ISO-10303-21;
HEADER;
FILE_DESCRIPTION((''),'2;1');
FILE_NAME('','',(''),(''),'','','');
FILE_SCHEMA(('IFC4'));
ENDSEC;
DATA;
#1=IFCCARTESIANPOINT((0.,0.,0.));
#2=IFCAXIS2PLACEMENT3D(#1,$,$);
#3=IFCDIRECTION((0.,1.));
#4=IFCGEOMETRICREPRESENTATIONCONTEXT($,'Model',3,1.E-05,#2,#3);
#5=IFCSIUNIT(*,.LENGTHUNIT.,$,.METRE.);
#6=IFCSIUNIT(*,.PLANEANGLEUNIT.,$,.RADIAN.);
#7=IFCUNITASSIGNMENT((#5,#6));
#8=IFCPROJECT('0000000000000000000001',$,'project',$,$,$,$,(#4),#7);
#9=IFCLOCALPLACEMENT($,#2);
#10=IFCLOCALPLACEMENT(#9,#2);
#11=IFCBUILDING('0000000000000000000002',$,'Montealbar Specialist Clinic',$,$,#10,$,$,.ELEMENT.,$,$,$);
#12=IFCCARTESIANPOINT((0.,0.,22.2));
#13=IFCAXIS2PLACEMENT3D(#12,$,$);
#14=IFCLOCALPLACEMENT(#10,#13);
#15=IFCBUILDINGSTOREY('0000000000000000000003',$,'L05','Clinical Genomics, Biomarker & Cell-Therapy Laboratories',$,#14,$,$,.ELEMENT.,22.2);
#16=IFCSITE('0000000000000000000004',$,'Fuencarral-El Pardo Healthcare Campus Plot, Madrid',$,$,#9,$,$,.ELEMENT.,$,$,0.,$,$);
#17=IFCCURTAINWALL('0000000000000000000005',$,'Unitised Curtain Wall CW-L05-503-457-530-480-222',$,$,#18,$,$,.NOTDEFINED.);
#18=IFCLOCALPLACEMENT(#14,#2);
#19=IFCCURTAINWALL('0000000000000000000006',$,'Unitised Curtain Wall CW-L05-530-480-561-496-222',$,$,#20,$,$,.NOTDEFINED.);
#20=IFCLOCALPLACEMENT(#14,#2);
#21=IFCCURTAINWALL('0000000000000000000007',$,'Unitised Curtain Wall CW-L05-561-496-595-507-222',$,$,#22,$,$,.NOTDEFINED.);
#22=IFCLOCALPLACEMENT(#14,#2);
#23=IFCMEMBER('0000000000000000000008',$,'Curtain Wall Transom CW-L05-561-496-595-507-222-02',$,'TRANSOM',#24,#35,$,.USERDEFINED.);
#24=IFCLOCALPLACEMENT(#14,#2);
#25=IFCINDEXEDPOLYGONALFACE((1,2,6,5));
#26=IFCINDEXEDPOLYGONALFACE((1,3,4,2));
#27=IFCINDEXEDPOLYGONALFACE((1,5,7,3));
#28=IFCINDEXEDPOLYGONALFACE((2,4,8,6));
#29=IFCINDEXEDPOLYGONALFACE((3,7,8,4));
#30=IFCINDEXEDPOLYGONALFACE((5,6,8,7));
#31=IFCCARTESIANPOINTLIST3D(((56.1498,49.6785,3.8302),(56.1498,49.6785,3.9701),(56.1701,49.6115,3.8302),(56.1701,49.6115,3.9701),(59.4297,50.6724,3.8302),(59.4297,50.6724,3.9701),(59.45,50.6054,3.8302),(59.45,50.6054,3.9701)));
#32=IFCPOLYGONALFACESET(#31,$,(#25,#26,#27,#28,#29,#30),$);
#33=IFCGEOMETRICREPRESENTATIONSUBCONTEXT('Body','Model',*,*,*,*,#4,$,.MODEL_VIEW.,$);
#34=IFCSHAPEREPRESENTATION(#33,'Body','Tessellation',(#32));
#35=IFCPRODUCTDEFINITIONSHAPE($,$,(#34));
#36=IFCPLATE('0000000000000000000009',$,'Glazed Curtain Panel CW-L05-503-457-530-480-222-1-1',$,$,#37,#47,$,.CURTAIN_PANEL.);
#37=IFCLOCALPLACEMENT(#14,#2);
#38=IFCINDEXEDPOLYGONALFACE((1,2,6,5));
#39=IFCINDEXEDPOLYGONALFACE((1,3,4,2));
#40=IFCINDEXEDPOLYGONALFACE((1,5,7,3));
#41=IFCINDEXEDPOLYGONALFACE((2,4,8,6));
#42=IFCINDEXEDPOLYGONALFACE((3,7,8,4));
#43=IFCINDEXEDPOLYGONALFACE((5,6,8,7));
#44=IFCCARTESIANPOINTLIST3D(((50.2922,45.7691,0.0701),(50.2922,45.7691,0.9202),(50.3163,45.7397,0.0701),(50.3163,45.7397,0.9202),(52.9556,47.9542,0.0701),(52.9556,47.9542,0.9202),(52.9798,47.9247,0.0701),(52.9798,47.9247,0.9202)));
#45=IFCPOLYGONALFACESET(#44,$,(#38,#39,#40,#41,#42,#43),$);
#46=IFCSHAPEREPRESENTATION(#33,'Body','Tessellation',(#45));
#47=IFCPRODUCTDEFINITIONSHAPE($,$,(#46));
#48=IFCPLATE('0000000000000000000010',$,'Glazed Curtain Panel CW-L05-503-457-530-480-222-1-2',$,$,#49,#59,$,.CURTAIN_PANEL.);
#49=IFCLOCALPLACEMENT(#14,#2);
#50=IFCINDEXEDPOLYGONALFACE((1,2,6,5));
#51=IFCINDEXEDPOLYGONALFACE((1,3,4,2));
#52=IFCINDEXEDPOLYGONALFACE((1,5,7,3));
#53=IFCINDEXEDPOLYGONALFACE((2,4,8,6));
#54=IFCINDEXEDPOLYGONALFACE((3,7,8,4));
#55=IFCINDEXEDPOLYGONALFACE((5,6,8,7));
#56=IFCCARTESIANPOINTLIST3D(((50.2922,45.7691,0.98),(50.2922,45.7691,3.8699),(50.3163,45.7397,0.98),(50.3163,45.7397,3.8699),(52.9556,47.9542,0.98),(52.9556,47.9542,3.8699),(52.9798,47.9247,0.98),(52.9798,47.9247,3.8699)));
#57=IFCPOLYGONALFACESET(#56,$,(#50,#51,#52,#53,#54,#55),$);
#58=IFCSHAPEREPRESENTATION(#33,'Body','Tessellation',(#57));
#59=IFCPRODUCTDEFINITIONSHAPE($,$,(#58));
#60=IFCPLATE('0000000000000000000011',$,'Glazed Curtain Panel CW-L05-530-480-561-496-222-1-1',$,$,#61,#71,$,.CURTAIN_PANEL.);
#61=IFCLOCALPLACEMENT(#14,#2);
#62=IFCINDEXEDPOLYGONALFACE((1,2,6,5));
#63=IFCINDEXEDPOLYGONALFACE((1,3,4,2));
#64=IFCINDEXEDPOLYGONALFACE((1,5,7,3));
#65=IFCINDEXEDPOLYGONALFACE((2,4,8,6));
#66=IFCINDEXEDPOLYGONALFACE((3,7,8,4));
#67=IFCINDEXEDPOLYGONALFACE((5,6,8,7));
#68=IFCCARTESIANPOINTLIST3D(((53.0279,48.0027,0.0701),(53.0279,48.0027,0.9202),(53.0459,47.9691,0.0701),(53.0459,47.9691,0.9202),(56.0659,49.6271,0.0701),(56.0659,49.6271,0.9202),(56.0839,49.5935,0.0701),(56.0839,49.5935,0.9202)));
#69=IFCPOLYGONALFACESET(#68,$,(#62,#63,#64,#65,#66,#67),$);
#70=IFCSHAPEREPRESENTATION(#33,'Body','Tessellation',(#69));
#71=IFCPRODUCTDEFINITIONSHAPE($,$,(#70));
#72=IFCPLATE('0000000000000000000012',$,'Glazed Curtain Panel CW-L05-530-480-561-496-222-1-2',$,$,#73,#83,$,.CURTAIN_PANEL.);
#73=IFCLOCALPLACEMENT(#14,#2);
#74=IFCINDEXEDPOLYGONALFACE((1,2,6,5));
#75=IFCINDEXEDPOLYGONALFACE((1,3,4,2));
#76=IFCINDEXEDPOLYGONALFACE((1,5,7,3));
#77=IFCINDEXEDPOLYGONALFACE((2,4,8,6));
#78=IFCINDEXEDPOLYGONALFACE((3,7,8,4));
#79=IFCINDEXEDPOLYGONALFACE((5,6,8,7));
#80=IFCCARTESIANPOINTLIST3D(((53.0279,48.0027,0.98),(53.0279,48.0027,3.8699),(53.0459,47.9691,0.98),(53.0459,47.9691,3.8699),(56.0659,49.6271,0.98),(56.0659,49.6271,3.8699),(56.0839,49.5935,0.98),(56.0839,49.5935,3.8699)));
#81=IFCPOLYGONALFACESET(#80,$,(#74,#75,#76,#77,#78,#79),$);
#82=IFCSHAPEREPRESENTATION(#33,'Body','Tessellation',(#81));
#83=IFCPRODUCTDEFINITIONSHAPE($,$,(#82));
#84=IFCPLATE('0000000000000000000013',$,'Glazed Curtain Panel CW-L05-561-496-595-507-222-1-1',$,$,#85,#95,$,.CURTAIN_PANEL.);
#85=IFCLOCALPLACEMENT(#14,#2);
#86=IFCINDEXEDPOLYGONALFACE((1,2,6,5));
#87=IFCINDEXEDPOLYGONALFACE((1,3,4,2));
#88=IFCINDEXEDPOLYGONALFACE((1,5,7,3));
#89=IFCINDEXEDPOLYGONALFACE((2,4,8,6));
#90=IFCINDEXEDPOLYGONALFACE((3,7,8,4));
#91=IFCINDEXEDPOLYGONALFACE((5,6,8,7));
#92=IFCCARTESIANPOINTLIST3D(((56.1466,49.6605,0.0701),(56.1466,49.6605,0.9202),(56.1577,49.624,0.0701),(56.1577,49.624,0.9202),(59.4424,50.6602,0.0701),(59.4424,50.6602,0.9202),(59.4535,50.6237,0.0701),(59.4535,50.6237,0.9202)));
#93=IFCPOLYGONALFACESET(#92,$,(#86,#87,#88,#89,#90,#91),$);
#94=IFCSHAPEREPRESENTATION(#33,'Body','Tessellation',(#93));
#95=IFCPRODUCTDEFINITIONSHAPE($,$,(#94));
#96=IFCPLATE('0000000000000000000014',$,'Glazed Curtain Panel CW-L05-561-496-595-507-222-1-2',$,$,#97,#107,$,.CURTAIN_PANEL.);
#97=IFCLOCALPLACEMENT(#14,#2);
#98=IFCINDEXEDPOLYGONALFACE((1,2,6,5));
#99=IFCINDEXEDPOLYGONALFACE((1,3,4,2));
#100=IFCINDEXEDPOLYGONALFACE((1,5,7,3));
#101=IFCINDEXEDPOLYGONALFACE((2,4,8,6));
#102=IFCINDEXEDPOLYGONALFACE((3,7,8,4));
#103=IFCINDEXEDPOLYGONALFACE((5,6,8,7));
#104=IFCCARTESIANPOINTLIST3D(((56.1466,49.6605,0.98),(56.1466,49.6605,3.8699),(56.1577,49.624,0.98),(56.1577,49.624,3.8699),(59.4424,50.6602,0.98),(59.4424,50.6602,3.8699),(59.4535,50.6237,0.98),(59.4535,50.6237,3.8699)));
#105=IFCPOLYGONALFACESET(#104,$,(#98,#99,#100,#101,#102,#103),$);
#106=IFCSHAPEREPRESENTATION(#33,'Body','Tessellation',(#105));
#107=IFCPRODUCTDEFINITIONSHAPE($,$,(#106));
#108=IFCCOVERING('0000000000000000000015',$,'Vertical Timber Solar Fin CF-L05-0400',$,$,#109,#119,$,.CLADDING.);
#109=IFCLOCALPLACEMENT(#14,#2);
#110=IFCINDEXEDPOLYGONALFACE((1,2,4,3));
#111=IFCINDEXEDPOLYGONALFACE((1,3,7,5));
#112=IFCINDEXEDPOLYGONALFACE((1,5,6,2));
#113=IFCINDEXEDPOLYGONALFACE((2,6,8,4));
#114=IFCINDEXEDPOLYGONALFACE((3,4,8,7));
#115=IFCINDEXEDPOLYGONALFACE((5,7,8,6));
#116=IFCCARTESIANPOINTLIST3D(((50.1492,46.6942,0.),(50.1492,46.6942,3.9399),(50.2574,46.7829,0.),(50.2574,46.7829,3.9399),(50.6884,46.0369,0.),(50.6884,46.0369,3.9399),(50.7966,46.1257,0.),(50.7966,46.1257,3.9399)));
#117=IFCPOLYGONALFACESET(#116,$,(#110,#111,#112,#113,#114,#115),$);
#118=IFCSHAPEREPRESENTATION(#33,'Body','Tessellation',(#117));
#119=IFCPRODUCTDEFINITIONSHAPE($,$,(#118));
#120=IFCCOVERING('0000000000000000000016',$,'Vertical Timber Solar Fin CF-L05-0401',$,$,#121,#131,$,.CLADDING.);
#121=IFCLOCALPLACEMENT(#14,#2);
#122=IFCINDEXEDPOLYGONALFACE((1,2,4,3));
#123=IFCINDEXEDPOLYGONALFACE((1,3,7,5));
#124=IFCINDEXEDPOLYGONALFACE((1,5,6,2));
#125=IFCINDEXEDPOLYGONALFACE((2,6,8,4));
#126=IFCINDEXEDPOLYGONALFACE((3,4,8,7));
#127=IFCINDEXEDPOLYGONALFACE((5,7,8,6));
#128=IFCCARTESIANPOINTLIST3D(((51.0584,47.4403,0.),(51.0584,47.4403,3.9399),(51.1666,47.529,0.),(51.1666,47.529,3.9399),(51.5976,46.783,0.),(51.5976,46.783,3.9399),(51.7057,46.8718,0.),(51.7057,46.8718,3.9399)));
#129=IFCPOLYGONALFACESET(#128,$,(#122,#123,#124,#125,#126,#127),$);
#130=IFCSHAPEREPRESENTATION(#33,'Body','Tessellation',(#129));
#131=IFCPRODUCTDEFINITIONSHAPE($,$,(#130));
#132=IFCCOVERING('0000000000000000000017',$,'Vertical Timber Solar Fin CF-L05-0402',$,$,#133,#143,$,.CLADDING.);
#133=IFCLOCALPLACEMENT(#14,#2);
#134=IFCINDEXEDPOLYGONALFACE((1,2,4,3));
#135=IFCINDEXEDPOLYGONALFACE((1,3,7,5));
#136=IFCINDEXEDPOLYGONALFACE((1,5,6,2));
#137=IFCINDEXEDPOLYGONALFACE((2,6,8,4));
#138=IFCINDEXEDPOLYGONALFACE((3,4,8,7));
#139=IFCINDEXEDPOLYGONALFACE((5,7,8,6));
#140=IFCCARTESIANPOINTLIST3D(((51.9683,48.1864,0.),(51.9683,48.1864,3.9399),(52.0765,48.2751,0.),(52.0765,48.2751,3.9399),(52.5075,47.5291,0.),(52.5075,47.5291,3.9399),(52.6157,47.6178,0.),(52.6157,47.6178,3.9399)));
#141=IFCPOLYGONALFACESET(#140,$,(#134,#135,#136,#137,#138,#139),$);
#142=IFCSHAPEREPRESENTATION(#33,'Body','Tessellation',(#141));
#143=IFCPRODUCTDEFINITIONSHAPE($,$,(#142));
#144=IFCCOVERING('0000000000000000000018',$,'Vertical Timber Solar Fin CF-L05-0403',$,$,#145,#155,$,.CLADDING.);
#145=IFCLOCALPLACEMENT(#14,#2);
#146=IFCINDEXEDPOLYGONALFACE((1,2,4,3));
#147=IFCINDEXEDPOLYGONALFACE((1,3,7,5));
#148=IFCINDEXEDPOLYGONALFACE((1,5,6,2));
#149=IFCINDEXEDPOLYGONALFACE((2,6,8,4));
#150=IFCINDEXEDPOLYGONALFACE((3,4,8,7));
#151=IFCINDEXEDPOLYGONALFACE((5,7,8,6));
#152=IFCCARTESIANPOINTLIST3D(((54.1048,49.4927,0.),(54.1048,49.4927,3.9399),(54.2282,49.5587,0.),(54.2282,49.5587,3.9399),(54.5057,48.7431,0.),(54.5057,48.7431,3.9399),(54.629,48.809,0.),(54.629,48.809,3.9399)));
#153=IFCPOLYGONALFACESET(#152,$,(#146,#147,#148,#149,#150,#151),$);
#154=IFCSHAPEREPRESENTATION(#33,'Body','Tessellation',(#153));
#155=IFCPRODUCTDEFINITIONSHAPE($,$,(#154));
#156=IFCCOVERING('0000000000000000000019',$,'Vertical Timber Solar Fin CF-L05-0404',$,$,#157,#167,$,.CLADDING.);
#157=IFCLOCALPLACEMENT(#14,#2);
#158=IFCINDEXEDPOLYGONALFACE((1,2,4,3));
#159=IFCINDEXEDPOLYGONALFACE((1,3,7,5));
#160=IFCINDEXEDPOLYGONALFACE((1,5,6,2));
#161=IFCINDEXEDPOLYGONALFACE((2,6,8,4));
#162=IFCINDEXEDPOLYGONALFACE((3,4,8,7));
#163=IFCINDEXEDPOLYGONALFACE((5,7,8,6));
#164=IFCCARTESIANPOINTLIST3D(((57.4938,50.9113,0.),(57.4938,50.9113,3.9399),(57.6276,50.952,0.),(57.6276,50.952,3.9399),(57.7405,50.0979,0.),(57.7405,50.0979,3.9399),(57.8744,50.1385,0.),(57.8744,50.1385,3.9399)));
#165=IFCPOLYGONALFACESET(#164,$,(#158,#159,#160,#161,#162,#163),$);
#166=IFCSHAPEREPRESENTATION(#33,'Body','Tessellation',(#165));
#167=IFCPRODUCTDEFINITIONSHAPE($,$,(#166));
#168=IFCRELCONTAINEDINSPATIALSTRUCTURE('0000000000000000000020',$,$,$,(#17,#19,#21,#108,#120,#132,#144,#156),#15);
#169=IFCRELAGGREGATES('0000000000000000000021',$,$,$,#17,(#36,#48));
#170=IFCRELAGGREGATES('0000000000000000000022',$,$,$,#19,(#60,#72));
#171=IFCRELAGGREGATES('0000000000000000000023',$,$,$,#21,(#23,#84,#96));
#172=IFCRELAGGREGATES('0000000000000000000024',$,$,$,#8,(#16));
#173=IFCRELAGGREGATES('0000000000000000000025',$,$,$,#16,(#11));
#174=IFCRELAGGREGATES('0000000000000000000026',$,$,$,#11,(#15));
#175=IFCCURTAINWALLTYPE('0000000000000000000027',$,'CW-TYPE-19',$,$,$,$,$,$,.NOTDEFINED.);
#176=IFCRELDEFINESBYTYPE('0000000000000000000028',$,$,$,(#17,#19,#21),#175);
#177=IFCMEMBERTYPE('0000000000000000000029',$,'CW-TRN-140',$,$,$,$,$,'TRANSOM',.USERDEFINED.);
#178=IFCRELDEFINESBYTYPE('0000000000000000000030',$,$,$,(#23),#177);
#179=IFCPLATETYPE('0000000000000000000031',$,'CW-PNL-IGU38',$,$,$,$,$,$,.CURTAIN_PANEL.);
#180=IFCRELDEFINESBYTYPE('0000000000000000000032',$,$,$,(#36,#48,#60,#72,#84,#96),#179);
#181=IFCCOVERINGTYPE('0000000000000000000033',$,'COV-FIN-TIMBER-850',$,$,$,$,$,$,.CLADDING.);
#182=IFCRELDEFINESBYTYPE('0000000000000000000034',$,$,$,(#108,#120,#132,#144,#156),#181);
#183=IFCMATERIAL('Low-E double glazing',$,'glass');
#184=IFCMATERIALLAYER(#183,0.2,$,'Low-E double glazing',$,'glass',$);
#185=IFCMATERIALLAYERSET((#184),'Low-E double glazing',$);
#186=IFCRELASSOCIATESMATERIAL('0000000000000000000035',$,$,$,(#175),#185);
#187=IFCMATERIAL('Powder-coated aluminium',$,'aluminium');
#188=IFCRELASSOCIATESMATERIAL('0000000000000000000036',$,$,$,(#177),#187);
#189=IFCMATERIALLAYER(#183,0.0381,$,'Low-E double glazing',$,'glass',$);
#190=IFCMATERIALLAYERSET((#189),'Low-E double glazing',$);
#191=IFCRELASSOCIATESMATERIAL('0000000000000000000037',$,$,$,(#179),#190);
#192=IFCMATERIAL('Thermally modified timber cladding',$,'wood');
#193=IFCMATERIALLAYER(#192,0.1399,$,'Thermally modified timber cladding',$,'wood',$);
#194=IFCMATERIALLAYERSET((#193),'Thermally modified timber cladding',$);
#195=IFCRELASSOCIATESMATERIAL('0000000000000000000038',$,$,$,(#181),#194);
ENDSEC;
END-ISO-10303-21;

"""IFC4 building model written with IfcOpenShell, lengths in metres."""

from ifc_helpers import new_model, si_unit, direction, frame, origin, origin_2d, place, context, subcontext, project, spatial, rectangle, extrude, material, layer, layer_set, material_profile, profile_set, type_object, element, aggregate, save


model = new_model("IFC4")

# Units and contexts
model_context = context("Model", 3, precision=1e-05, world=origin(), true_north=direction((0.0, 1.0)))
body_context = subcontext(model_context, "Body", "Model", "MODEL_VIEW")
ifc_project = project(units=[si_unit("LENGTHUNIT", "METRE"), si_unit("PLANEANGLEUNIT", "RADIAN")], contexts=[model_context])

# Site, building, storey
site_placement = place(None, origin())
site = spatial("IfcSite", under=ifc_project, at=site_placement, Name="Fuencarral-El Pardo Healthcare Campus Plot, Madrid", CompositionType="ELEMENT", RefElevation=0.0)
building_placement = place(site_placement, origin())
building = spatial("IfcBuilding", under=site, at=building_placement, Name="Montealbar Specialist Clinic", CompositionType="ELEMENT")
storey_placement = place(building_placement, frame((0.0, 0.0, 22.2)))
storey = spatial("IfcBuildingStorey", under=building, at=storey_placement, Name="L05", Description="Clinical Genomics, Biomarker & Cell-Therapy Laboratories", CompositionType="ELEMENT", Elevation=22.2)

# Shared definitions
ifc_material_1 = material(Name="Low-E double glazing", Category="glass")
ifc_layer_1 = layer(ifc_material_1, 0.2, Name="Low-E double glazing", Category="glass")
ifc_layer_set_1 = layer_set([ifc_layer_1], Name="Low-E double glazing")
curtain_wall_type = type_object("IfcCurtainWallType", Name="CW-TYPE-19", PredefinedType="NOTDEFINED", material=ifc_layer_set_1)

# Curtain walls
curtain_wall_1_placement = place(storey_placement, origin())
curtain_wall_1 = element("IfcCurtainWall", 1, at=curtain_wall_1_placement, inside=storey, type_object=curtain_wall_type, Name="Unitised Curtain Wall CW-L05-503-457-530-480-222", PredefinedType="NOTDEFINED")
curtain_wall_2_placement = place(storey_placement, origin())
curtain_wall_2 = element("IfcCurtainWall", 2, at=curtain_wall_2_placement, inside=storey, type_object=curtain_wall_type, Name="Unitised Curtain Wall CW-L05-530-480-561-496-222", PredefinedType="NOTDEFINED")

# Curtain wall
curtain_wall_3_placement = place(storey_placement, origin())
curtain_wall_3 = element("IfcCurtainWall", 3, at=curtain_wall_3_placement, inside=storey, type_object=curtain_wall_type, Name="Unitised Curtain Wall CW-L05-561-496-595-507-222", PredefinedType="NOTDEFINED")

# Member
ifc_material_2 = material(Name="Powder-coated aluminium", Category="aluminium")
ifc_material_profile_1 = material_profile(ifc_material_2, rectangle(XDim=0.0701, YDim=0.1399, at=origin_2d()), Name="ALU 70x140", Category="aluminium")
ifc_profile_set_1 = profile_set([ifc_material_profile_1], Name="Powder-coated aluminium")
member_type_1 = type_object("IfcMemberType", Name="CW-TRN-140", ElementType="TRANSOM", PredefinedType="USERDEFINED", material=ifc_profile_set_1)
member_1_placement = place(storey_placement, frame((56.1599, 49.645, 3.9001), z_axis=(0.957029, 0.289994, 0.0), x_axis=(-0.289994, 0.957029, 0.0)))
member_1 = element("IfcMember", 4, at=member_1_placement, type_object=member_type_1, Name="Curtain Wall Transom CW-L05-561-496-595-507-222-02", ObjectType="TRANSOM", PredefinedType="USERDEFINED", context=body_context, shape_type="SweptSolid", body=[
    extrude(rectangle(XDim=0.0701, YDim=0.1399, at=origin_2d()), origin(), (0.0, 0.0, 1.0), 3.4272),
])

# Plates
ifc_layer_2 = layer(ifc_material_1, 0.0381, Name="Low-E double glazing", Category="glass")
ifc_layer_set_2 = layer_set([ifc_layer_2], Name="Low-E double glazing")
plate_type = type_object("IfcPlateType", Name="CW-PNL-IGU38", PredefinedType="CURTAIN_PANEL", material=ifc_layer_set_2)
plate_1_placement = place(storey_placement, frame((51.636, 46.8469, 0.0701), z_axis=(0.0, 0.0, 1.0), x_axis=(0.773123, 0.634256, 0.0)))
plate_1 = element("IfcPlate", 5, at=plate_1_placement, type_object=plate_type, Name="Glazed Curtain Panel CW-L05-503-457-530-480-222-1-1", PredefinedType="CURTAIN_PANEL", context=body_context, shape_type="SweptSolid", body=[
    extrude(rectangle(XDim=3.4451, YDim=0.0381, at=origin_2d()), origin(), (0.0, 0.0, 1.0), 0.8501),
])
plate_2_placement = place(storey_placement, frame((51.636, 46.8469, 0.98), z_axis=(0.0, 0.0, 1.0), x_axis=(0.773123, 0.634256, 0.0)))
plate_2 = element("IfcPlate", 6, at=plate_2_placement, type_object=plate_type, Name="Glazed Curtain Panel CW-L05-503-457-530-480-222-1-2", PredefinedType="CURTAIN_PANEL", context=body_context, shape_type="SweptSolid", body=[
    extrude(rectangle(XDim=3.4451, YDim=0.0381, at=origin_2d()), origin(), (0.0, 0.0, 1.0), 2.8899),
])
aggregate(curtain_wall_1, [plate_1, plate_2])
plate_3_placement = place(storey_placement, frame((54.5559, 48.7981, 0.0701), z_axis=(0.0, 0.0, 1.0), x_axis=(0.88185, 0.471529, 0.0)))
plate_3 = element("IfcPlate", 7, at=plate_3_placement, type_object=plate_type, Name="Glazed Curtain Panel CW-L05-530-480-561-496-222-1-1", PredefinedType="CURTAIN_PANEL", context=body_context, shape_type="SweptSolid", body=[
    extrude(rectangle(XDim=3.4451, YDim=0.0381, at=origin_2d()), origin(), (0.0, 0.0, 1.0), 0.8501),
])
plate_4_placement = place(storey_placement, frame((54.5559, 48.7981, 0.98), z_axis=(0.0, 0.0, 1.0), x_axis=(0.88185, 0.471529, 0.0)))
plate_4 = element("IfcPlate", 8, at=plate_4_placement, type_object=plate_type, Name="Glazed Curtain Panel CW-L05-530-480-561-496-222-1-2", PredefinedType="CURTAIN_PANEL", context=body_context, shape_type="SweptSolid", body=[
    extrude(rectangle(XDim=3.4451, YDim=0.0381, at=origin_2d()), origin(), (0.0, 0.0, 1.0), 2.8899),
])
aggregate(curtain_wall_2, [plate_3, plate_4])
plate_5_placement = place(storey_placement, frame((57.8, 50.1421, 0.0701), z_axis=(0.0, 0.0, 1.0), x_axis=(0.956948, 0.290259, 0.0)))
plate_5 = element("IfcPlate", 9, at=plate_5_placement, type_object=plate_type, Name="Glazed Curtain Panel CW-L05-561-496-595-507-222-1-1", PredefinedType="CURTAIN_PANEL", context=body_context, shape_type="SweptSolid", body=[
    extrude(rectangle(XDim=3.4441, YDim=0.0381, at=origin_2d()), origin(), (0.0, 0.0, 1.0), 0.8501),
])
plate_6_placement = place(storey_placement, frame((57.8, 50.1421, 0.98), z_axis=(0.0, 0.0, 1.0), x_axis=(0.956948, 0.290259, 0.0)))
plate_6 = element("IfcPlate", 10, at=plate_6_placement, type_object=plate_type, Name="Glazed Curtain Panel CW-L05-561-496-595-507-222-1-2", PredefinedType="CURTAIN_PANEL", context=body_context, shape_type="SweptSolid", body=[
    extrude(rectangle(XDim=3.4441, YDim=0.0381, at=origin_2d()), origin(), (0.0, 0.0, 1.0), 2.8899),
])
aggregate(curtain_wall_3, [member_1, plate_5, plate_6])

# Coverings
ifc_material_3 = material(Name="Thermally modified timber cladding", Category="wood")
ifc_layer_3 = layer(ifc_material_3, 0.1399, Name="Thermally modified timber cladding", Category="wood")
ifc_layer_set_3 = layer_set([ifc_layer_3], Name="Thermally modified timber cladding")
covering_type = type_object("IfcCoveringType", Name="COV-FIN-TIMBER-850", PredefinedType="CLADDING", material=ifc_layer_set_3)
for number, where, z_axis, x_axis, name in (
    (11, (50.4729, 46.4099, 0.0), (0.0, 0.0, 1.0), (-0.634256, 0.773123, 0.0), "Vertical Timber Solar Fin CF-L05-0400"),
    (12, (51.3821, 47.156, 0.0), (0.0, 0.0, 1.0), (-0.634256, 0.773123, 0.0), "Vertical Timber Solar Fin CF-L05-0401"),
    (13, (52.292, 47.9021, 0.0), (0.0, 0.0, 1.0), (-0.634256, 0.773123, 0.0), "Vertical Timber Solar Fin CF-L05-0402"),
    (14, (54.3669, 49.1509, 0.0), (0.0, 0.0, 1.0), (-0.471529, 0.88185, 0.0), "Vertical Timber Solar Fin CF-L05-0403"),
    (15, (57.6841, 50.5249, 0.0), (0.0, 0.0, 1.0), (-0.290259, 0.956948, 0.0), "Vertical Timber Solar Fin CF-L05-0404"),
):
    element("IfcCovering", number, at=place(storey_placement, frame(where, z_axis=z_axis, x_axis=x_axis)), inside=storey, type_object=covering_type, Name=name, PredefinedType="CLADDING", context=body_context, shape_type="SweptSolid", body=[
        extrude(rectangle(XDim=0.8501, YDim=0.1399, at=origin_2d()), origin(), (0.0, 0.0, 1.0), 3.9399),
    ])

save(model, "model.ifc")
